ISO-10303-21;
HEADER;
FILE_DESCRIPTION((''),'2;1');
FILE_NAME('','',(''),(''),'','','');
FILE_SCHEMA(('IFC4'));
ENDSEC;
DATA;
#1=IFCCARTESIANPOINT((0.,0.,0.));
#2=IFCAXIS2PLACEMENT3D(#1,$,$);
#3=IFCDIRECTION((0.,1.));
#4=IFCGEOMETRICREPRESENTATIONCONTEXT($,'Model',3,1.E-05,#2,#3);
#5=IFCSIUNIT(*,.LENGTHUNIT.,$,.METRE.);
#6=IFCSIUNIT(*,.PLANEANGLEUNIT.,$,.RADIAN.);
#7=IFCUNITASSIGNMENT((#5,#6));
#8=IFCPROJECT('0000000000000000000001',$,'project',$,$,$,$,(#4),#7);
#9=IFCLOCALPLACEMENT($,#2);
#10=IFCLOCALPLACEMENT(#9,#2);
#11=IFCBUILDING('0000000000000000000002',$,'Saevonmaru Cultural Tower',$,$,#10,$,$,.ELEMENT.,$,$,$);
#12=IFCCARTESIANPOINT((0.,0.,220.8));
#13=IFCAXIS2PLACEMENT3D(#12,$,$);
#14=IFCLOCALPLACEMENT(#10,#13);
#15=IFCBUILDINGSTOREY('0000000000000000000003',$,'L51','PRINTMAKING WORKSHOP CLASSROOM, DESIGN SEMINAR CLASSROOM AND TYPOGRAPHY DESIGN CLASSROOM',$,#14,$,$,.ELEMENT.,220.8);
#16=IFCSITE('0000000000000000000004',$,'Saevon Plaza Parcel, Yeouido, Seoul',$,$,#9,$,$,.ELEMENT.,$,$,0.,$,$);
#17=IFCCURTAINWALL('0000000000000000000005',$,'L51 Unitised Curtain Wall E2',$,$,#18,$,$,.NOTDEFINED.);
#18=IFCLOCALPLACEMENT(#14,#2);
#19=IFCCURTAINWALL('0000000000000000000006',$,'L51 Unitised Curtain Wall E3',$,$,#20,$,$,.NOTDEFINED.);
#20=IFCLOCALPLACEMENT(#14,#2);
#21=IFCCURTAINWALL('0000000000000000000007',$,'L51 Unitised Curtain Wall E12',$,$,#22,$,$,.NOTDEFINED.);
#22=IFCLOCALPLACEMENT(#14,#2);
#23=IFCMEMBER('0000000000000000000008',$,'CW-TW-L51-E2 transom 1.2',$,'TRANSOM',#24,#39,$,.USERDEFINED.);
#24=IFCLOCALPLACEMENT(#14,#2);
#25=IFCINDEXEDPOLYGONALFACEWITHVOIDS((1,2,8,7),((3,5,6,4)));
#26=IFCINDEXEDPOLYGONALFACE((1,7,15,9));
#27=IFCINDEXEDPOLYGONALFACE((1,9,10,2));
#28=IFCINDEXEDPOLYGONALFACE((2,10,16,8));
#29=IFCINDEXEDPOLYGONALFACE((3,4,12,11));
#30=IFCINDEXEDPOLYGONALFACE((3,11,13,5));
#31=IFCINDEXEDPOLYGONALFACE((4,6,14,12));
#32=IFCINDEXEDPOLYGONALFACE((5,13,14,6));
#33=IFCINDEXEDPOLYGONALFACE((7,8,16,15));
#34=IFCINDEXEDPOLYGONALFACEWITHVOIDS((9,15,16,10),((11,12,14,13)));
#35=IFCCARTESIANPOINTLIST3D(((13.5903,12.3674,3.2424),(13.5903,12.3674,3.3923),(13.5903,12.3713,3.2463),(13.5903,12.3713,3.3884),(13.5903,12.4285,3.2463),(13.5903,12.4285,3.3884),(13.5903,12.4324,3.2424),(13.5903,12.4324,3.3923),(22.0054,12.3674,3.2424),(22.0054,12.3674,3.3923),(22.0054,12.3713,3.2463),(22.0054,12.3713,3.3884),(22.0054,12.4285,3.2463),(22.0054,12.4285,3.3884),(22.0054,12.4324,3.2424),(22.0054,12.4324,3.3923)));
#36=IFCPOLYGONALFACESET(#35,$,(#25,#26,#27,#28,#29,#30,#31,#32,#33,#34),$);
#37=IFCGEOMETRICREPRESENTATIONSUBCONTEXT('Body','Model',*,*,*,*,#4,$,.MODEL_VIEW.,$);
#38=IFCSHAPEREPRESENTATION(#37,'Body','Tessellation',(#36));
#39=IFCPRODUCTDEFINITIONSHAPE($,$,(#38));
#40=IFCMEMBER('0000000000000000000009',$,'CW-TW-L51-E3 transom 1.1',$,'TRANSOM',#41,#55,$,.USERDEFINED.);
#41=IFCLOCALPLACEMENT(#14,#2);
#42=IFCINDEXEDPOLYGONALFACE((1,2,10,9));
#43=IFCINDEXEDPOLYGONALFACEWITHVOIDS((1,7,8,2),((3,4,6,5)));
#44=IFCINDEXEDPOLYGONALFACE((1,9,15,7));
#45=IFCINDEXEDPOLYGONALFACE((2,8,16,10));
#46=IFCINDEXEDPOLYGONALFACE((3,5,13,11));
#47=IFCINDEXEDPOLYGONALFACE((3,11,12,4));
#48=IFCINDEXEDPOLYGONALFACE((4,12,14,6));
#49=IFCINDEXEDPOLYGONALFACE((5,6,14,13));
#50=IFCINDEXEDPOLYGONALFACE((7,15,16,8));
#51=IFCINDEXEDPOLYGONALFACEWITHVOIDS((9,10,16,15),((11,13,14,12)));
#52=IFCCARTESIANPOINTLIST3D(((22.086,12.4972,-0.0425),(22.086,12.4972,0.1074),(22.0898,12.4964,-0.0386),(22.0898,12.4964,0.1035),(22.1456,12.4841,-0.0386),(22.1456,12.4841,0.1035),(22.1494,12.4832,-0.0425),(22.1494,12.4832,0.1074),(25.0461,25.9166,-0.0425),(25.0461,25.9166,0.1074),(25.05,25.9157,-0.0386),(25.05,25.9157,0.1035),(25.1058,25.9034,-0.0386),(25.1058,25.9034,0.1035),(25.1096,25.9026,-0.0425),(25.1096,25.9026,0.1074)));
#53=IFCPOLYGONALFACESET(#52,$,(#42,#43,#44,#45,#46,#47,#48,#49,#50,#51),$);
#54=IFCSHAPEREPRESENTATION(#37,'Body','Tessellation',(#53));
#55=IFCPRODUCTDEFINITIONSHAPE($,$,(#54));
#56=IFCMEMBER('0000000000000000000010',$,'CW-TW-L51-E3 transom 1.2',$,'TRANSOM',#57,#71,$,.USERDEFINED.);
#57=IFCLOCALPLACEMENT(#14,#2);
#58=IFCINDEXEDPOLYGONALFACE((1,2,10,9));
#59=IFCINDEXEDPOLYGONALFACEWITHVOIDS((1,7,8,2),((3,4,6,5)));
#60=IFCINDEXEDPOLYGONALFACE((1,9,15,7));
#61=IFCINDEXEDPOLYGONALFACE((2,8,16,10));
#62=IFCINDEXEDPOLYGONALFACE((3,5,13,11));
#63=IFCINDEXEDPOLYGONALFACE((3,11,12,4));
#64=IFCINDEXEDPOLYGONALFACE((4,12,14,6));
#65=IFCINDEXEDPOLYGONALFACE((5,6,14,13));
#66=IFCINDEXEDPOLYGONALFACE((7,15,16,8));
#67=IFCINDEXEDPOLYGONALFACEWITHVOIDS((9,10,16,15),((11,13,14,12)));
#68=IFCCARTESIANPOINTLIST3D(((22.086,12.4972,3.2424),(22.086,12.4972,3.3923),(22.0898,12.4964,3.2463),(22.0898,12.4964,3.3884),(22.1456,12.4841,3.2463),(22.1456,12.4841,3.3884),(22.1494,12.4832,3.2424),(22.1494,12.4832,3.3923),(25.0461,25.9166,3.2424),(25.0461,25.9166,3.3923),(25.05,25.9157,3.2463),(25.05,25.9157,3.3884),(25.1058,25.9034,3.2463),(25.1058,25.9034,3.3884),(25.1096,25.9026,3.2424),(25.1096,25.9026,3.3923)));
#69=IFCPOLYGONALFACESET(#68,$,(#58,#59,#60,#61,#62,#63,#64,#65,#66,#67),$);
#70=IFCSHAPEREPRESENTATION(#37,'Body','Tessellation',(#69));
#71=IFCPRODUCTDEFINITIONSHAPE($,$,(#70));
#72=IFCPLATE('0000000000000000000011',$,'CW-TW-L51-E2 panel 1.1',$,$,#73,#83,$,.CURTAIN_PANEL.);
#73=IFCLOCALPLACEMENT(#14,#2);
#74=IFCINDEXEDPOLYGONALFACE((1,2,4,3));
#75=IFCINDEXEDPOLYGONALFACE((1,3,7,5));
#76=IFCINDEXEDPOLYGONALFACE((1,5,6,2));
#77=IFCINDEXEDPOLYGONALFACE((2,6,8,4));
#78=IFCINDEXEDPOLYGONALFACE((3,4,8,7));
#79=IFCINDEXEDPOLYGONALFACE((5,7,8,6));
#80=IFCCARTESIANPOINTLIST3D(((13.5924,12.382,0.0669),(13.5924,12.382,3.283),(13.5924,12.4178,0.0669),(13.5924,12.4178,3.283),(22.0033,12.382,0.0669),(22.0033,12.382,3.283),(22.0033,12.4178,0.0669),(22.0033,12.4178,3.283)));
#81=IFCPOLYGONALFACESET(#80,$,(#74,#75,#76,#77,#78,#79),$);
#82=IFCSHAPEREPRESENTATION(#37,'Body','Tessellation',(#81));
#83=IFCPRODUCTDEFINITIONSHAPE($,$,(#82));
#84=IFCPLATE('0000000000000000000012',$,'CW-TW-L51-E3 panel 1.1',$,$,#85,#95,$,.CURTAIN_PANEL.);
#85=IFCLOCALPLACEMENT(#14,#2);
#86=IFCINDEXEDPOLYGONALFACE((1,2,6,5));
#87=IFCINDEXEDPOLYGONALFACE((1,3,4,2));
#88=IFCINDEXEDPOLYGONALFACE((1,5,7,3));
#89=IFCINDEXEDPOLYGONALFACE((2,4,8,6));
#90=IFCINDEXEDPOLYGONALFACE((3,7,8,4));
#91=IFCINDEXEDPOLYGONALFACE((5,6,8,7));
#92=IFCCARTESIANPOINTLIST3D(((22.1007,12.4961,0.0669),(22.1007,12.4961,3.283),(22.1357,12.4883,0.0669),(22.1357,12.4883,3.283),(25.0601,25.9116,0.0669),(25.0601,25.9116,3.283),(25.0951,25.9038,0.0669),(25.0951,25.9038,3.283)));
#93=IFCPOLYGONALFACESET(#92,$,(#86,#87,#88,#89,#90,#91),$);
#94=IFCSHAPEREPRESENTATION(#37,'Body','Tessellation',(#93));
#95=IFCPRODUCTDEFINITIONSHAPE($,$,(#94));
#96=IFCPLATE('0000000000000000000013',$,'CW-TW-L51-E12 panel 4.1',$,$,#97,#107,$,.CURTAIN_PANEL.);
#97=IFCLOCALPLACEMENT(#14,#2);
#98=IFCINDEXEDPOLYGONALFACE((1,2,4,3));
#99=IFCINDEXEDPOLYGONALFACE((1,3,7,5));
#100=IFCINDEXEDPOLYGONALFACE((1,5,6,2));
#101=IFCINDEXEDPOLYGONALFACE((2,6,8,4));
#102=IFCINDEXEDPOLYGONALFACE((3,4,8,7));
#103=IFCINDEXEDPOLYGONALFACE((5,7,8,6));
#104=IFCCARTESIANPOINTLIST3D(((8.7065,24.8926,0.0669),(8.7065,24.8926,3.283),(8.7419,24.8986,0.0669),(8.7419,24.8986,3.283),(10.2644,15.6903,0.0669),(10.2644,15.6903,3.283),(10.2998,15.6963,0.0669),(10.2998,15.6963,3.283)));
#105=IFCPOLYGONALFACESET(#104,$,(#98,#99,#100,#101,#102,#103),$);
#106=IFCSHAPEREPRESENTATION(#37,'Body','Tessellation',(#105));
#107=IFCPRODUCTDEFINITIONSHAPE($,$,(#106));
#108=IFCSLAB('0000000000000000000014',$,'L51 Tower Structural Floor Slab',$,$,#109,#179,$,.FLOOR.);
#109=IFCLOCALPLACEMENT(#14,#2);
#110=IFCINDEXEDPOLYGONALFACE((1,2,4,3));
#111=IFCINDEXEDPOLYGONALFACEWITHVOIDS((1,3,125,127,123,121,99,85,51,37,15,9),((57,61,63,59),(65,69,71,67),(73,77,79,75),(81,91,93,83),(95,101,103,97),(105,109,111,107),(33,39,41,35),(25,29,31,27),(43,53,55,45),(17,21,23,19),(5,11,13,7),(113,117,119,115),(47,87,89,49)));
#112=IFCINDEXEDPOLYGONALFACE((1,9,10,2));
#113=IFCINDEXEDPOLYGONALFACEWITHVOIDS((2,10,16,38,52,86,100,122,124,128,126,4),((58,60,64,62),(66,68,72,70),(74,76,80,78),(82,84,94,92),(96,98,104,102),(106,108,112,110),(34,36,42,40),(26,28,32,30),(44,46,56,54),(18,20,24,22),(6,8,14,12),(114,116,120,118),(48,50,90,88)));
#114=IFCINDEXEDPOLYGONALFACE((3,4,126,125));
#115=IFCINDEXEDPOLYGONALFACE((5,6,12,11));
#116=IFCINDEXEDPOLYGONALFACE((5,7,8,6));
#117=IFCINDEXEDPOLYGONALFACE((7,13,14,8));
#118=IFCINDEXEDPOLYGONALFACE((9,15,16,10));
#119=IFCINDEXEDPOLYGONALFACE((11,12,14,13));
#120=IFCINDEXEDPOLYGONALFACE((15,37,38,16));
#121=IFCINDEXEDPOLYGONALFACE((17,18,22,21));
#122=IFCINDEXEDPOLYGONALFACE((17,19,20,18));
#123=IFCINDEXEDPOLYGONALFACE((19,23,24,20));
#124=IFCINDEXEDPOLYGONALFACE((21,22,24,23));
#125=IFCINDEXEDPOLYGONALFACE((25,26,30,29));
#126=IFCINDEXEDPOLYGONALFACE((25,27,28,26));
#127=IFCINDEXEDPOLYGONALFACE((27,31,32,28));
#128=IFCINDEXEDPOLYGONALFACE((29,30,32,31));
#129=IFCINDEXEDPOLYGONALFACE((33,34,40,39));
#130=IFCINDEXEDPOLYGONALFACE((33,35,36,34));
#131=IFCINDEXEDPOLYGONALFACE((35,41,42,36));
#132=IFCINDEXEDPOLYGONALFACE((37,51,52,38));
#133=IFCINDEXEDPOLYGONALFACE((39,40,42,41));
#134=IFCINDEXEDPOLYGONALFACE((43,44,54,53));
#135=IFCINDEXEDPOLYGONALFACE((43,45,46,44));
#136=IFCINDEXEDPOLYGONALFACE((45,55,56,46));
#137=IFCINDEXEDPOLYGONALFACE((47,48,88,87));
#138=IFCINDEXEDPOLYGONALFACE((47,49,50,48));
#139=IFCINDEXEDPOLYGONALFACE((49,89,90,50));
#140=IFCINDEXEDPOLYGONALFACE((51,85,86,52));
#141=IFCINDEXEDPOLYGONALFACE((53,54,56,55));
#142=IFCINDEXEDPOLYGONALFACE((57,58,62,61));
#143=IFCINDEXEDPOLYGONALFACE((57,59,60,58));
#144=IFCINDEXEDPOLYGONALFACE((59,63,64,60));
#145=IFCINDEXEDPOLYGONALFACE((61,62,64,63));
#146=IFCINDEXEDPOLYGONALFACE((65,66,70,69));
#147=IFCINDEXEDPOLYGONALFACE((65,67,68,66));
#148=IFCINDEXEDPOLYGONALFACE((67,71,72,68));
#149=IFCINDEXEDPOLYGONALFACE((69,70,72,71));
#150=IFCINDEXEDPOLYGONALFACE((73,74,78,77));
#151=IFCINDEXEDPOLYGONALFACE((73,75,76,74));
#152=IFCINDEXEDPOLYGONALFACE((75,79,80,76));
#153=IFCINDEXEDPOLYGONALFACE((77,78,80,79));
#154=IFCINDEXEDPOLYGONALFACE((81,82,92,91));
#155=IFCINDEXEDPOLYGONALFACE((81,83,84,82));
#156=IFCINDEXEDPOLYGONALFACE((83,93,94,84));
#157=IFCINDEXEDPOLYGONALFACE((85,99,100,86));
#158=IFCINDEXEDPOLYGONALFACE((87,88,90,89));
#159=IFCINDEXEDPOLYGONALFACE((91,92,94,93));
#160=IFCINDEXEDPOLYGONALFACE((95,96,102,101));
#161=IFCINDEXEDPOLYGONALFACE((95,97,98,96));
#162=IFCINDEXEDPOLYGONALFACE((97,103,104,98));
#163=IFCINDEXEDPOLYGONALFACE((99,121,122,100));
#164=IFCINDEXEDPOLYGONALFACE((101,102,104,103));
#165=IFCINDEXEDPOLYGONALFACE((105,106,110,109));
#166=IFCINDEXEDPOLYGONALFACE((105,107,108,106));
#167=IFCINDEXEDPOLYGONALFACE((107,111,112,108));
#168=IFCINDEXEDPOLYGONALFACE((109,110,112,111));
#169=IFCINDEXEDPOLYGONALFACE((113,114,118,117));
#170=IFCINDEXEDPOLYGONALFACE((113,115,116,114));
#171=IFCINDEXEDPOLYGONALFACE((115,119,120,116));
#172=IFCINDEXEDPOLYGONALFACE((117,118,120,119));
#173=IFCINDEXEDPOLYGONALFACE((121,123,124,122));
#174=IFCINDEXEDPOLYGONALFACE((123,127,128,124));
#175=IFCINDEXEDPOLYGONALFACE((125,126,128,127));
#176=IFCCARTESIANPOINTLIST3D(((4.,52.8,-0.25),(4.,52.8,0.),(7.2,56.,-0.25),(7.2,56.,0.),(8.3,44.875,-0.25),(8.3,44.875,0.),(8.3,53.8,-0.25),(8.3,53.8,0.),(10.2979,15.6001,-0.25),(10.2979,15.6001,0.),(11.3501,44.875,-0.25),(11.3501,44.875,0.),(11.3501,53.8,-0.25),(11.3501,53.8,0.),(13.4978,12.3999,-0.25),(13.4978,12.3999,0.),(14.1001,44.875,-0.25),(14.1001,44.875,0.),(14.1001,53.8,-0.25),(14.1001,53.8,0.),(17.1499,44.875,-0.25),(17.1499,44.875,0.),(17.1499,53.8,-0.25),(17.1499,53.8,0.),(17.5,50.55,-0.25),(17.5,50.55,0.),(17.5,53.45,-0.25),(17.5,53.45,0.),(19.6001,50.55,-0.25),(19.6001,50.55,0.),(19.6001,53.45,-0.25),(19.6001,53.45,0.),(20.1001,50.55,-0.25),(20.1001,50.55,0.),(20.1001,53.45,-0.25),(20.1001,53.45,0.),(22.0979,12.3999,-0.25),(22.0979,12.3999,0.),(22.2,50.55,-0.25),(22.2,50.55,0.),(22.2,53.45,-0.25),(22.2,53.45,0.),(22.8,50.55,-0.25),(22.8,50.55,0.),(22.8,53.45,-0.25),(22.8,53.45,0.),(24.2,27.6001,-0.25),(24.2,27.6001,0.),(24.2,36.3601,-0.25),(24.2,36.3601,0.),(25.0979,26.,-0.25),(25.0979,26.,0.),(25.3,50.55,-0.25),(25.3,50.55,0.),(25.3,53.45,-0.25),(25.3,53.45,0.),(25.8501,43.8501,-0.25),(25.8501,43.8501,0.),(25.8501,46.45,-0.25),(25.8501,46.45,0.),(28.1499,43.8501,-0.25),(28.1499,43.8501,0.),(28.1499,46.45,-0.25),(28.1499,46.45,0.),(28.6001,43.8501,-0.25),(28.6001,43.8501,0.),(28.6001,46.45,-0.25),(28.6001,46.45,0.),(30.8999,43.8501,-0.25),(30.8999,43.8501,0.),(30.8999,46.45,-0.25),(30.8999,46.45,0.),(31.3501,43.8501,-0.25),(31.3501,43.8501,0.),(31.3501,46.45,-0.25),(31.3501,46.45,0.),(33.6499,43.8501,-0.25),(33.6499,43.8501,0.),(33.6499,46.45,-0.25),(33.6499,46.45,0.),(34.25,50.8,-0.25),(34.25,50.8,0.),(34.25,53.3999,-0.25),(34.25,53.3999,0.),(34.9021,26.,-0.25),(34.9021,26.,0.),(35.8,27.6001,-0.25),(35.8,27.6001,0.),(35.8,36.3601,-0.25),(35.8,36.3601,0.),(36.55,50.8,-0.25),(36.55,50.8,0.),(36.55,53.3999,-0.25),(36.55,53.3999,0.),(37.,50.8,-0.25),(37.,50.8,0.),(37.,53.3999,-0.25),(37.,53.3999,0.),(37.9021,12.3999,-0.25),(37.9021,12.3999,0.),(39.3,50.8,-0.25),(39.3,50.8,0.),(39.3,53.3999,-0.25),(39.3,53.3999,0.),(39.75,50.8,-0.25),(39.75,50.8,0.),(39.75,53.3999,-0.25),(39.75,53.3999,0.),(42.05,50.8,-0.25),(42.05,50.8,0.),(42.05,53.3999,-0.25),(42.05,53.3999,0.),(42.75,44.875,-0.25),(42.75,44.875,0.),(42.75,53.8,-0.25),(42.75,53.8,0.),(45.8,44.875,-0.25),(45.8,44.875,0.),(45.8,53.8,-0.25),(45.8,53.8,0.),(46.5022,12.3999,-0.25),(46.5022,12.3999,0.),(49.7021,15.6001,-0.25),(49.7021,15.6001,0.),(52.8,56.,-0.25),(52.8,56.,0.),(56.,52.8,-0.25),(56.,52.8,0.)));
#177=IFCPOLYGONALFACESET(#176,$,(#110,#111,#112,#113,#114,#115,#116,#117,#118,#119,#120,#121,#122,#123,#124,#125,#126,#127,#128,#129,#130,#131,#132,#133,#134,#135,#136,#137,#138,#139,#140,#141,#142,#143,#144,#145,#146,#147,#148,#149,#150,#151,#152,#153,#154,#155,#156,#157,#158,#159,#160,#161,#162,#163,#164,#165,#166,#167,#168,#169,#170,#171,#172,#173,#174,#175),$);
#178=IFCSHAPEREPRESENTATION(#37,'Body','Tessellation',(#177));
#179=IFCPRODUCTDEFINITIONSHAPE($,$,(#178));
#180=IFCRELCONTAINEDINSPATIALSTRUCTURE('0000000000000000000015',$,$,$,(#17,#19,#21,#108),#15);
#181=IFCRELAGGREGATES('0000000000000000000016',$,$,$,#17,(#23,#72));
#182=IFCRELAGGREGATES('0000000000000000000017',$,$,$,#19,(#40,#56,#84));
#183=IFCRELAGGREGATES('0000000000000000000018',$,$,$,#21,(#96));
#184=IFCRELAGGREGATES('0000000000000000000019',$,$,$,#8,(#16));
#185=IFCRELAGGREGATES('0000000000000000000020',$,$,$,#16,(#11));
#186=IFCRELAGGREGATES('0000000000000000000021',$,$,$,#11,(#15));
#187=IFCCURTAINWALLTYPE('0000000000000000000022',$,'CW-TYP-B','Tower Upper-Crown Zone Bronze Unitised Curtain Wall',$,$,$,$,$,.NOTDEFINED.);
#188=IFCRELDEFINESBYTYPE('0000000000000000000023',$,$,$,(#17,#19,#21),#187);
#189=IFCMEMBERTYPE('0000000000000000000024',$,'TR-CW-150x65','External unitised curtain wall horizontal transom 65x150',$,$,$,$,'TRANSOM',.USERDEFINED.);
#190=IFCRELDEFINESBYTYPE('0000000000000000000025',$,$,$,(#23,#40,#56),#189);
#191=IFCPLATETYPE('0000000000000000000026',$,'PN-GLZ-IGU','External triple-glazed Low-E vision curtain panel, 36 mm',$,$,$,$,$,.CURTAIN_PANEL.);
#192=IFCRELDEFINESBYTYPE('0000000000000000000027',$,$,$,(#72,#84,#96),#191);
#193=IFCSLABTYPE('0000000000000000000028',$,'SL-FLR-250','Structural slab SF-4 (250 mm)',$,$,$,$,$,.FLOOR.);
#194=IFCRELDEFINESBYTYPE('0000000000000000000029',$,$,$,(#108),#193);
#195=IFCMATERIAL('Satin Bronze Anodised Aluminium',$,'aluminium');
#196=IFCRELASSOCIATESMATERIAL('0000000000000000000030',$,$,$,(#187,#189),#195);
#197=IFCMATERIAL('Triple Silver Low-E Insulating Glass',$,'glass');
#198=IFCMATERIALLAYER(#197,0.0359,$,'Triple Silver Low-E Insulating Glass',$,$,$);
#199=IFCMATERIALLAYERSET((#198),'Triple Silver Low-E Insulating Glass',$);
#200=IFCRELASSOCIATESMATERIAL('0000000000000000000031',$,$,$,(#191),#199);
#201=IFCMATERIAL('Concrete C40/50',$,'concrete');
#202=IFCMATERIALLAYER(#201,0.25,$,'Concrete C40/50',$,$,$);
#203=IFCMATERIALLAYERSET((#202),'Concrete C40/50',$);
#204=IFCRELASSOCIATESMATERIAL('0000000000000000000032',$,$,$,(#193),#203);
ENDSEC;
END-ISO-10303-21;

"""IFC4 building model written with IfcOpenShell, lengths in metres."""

from ifc_helpers import new_model, si_unit, direction, frame, origin, origin_2d, place, context, subcontext, project, spatial, polyline, rectangle, hollow_rectangle, outline, extrude, material, layer, layer_set, material_profile, profile_set, type_object, element, aggregate, save


model = new_model("IFC4")

# Units and contexts
model_context = context("Model", 3, precision=1e-05, world=origin(), true_north=direction((0.0, 1.0)))
body_context = subcontext(model_context, "Body", "Model", "MODEL_VIEW")
ifc_project = project(units=[si_unit("LENGTHUNIT", "METRE"), si_unit("PLANEANGLEUNIT", "RADIAN")], contexts=[model_context])

# Site, building, storey
site_placement = place(None, origin())
site = spatial("IfcSite", under=ifc_project, at=site_placement, Name="Saevon Plaza Parcel, Yeouido, Seoul", CompositionType="ELEMENT", RefElevation=0.0)
building_placement = place(site_placement, origin())
building = spatial("IfcBuilding", under=site, at=building_placement, Name="Saevonmaru Cultural Tower", CompositionType="ELEMENT")
storey_placement = place(building_placement, frame((0.0, 0.0, 220.8)))
storey = spatial("IfcBuildingStorey", under=building, at=storey_placement, Name="L51", Description="PRINTMAKING WORKSHOP CLASSROOM, DESIGN SEMINAR CLASSROOM AND TYPOGRAPHY DESIGN CLASSROOM", CompositionType="ELEMENT", Elevation=220.8)

# Curtain wall
ifc_material_1 = material(Name="Satin Bronze Anodised Aluminium", Category="aluminium")
curtain_wall_type = type_object("IfcCurtainWallType", Name="CW-TYP-B", Description="Tower Upper-Crown Zone Bronze Unitised Curtain Wall", PredefinedType="NOTDEFINED", material=ifc_material_1)
curtain_wall_1_placement = place(storey_placement, origin())
curtain_wall_1 = element("IfcCurtainWall", 1, at=curtain_wall_1_placement, inside=storey, type_object=curtain_wall_type, Name="L51 Unitised Curtain Wall E2", PredefinedType="NOTDEFINED")

# Curtain walls
curtain_wall_2_placement = place(storey_placement, origin())
curtain_wall_2 = element("IfcCurtainWall", 2, at=curtain_wall_2_placement, inside=storey, type_object=curtain_wall_type, Name="L51 Unitised Curtain Wall E3", PredefinedType="NOTDEFINED")
curtain_wall_3_placement = place(storey_placement, origin())
curtain_wall_3 = element("IfcCurtainWall", 3, at=curtain_wall_3_placement, inside=storey, type_object=curtain_wall_type, Name="L51 Unitised Curtain Wall E12", PredefinedType="NOTDEFINED")

# Members
ifc_material_profile_1 = material_profile(ifc_material_1, hollow_rectangle(XDim=0.0649, YDim=0.1499, WallThickness=0.0039, at=origin_2d()), Name="ALU-TRAN-150x65x4")
ifc_profile_set_1 = profile_set([ifc_material_profile_1], Name="Satin Bronze Anodised Aluminium")
member_type_1 = type_object("IfcMemberType", Name="TR-CW-150x65", Description="External unitised curtain wall horizontal transom 65x150", ElementType="TRANSOM", PredefinedType="USERDEFINED", material=ifc_profile_set_1)
member_1_placement = place(storey_placement, frame((13.5903, 12.3999, 3.3174), z_axis=(1.0, 0.0, 0.0), x_axis=(0.0, 1.0, 0.0)))
member_1 = element("IfcMember", 4, at=member_1_placement, type_object=member_type_1, Name="CW-TW-L51-E2 transom 1.2", ObjectType="TRANSOM", PredefinedType="USERDEFINED", context=body_context, shape_type="SweptSolid", body=[
    extrude(hollow_rectangle(XDim=0.0649, YDim=0.1499, WallThickness=0.0039, at=origin_2d()), origin(), (0.0, 0.0, 1.0), 8.415),
])
member_2_placement = place(storey_placement, frame((22.1177, 12.4902, 0.0325), z_axis=(0.215412, 0.976523, 0.0), x_axis=(-0.976523, 0.215412, 0.0)))
member_2 = element("IfcMember", 5, at=member_2_placement, type_object=member_type_1, Name="CW-TW-L51-E3 transom 1.1", ObjectType="TRANSOM", PredefinedType="USERDEFINED", context=body_context, shape_type="SweptSolid", body=[
    extrude(hollow_rectangle(XDim=0.0649, YDim=0.1499, WallThickness=0.0039, at=origin_2d()), origin(), (0.0, 0.0, 1.0), 13.7419),
])
member_3_placement = place(storey_placement, frame((22.1177, 12.4902, 3.3174), z_axis=(0.215412, 0.976523, 0.0), x_axis=(-0.976523, 0.215412, 0.0)))
member_3 = element("IfcMember", 6, at=member_3_placement, type_object=member_type_1, Name="CW-TW-L51-E3 transom 1.2", ObjectType="TRANSOM", PredefinedType="USERDEFINED", context=body_context, shape_type="SweptSolid", body=[
    extrude(hollow_rectangle(XDim=0.0649, YDim=0.1499, WallThickness=0.0039, at=origin_2d()), origin(), (0.0, 0.0, 1.0), 13.7419),
])

# Plates
ifc_material_2 = material(Name="Triple Silver Low-E Insulating Glass", Category="glass")
ifc_layer_1 = layer(ifc_material_2, 0.0359, Name="Triple Silver Low-E Insulating Glass")
ifc_layer_set_1 = layer_set([ifc_layer_1], Name="Triple Silver Low-E Insulating Glass")
plate_type = type_object("IfcPlateType", Name="PN-GLZ-IGU", Description="External triple-glazed Low-E vision curtain panel, 36 mm", PredefinedType="CURTAIN_PANEL", material=ifc_layer_set_1)
plate_1_placement = place(storey_placement, frame((17.7979, 12.3999, 0.0669), z_axis=(0.0, 0.0, 1.0), x_axis=(1.0, 0.0, 0.0)))
plate_1 = element("IfcPlate", 7, at=plate_1_placement, type_object=plate_type, Name="CW-TW-L51-E2 panel 1.1", PredefinedType="CURTAIN_PANEL", context=body_context, shape_type="SweptSolid", body=[
    extrude(rectangle(XDim=8.4109, YDim=0.0359, at=origin_2d()), origin(), (0.0, 0.0, 1.0), 3.2161),
])
aggregate(curtain_wall_1, [member_1, plate_1])
plate_2_placement = place(storey_placement, frame((23.5979, 19.2, 0.0669), z_axis=(0.0, 0.0, 1.0), x_axis=(0.215413, 0.976523, 0.0)))
plate_2 = element("IfcPlate", 8, at=plate_2_placement, type_object=plate_type, Name="CW-TW-L51-E3 panel 1.1", PredefinedType="CURTAIN_PANEL", context=body_context, shape_type="SweptSolid", body=[
    extrude(rectangle(XDim=13.738, YDim=0.0359, at=origin_2d()), origin(), (0.0, 0.0, 1.0), 3.2161),
])
aggregate(curtain_wall_2, [member_2, member_3, plate_2])
plate_3_placement = place(storey_placement, frame((9.5032, 20.2944, 0.0669), z_axis=(0.0, 0.0, 1.0), x_axis=(0.166922, -0.98597, 0.0)))
plate_3 = element("IfcPlate", 9, at=plate_3_placement, type_object=plate_type, Name="CW-TW-L51-E12 panel 4.1", PredefinedType="CURTAIN_PANEL", context=body_context, shape_type="SweptSolid", body=[
    extrude(rectangle(XDim=9.3333, YDim=0.0359, at=origin_2d()), origin(), (0.0, 0.0, 1.0), 3.2161),
])
aggregate(curtain_wall_3, [plate_3])

# Slab
ifc_material_3 = material(Name="Concrete C40/50", Category="concrete")
ifc_layer_2 = layer(ifc_material_3, 0.25, Name="Concrete C40/50")
ifc_layer_set_2 = layer_set([ifc_layer_2], Name="Concrete C40/50")
slab_type_1 = type_object("IfcSlabType", Name="SL-FLR-250", Description="Structural slab SF-4 (250 mm)", PredefinedType="FLOOR", material=ifc_layer_set_2)
slab_1_placement = place(storey_placement, frame((0.0, 0.0, -0.25)))
element("IfcSlab", 10, at=slab_1_placement, inside=storey, type_object=slab_type_1, Name="L51 Tower Structural Floor Slab", PredefinedType="FLOOR", context=body_context, shape_type="SweptSolid", body=[
    extrude(outline(polyline([(10.2979, 15.6001), (13.4978, 12.3999), (22.0979, 12.3999), (25.0979, 26.0), (34.9021, 26.0), (37.9021, 12.3999), (46.5022, 12.3999), (49.7021, 15.6001), (56.0, 52.8), (52.8, 56.0), (7.2, 56.0), (4.0, 52.8), (10.2979, 15.6001)]), holes=[polyline([(45.8, 44.875), (42.75, 44.875), (42.75, 53.8), (45.8, 53.8), (45.8, 44.875)]), polyline([(39.75, 50.8), (39.75, 53.3999), (42.05, 53.3999), (42.05, 50.8), (39.75, 50.8)]), polyline([(37.0, 50.8), (37.0, 53.3999), (39.3, 53.3999), (39.3, 50.8), (37.0, 50.8)]), polyline([(34.25, 50.8), (34.25, 53.3999), (36.55, 53.3999), (36.55, 50.8), (34.25, 50.8)]), polyline([(24.2, 27.6001), (24.2, 36.3601), (35.8, 36.3601), (35.8, 27.6001), (24.2, 27.6001)]), polyline([(31.3501, 43.8501), (31.3501, 46.45), (33.6499, 46.45), (33.6499, 43.8501), (31.3501, 43.8501)]), polyline([(28.6001, 43.8501), (28.6001, 46.45), (30.8999, 46.45), (30.8999, 43.8501), (28.6001, 43.8501)]), polyline([(28.1499, 43.8501), (25.8501, 43.8501), (25.8501, 46.45), (28.1499, 46.45), (28.1499, 43.8501)]), polyline([(25.3, 50.55), (22.8, 50.55), (22.8, 53.45), (25.3, 53.45), (25.3, 50.55)]), polyline([(20.1001, 50.55), (20.1001, 53.45), (22.2, 53.45), (22.2, 50.55), (20.1001, 50.55)]), polyline([(17.5, 50.55), (17.5, 53.45), (19.6001, 53.45), (19.6001, 50.55), (17.5, 50.55)]), polyline([(17.1499, 53.8), (17.1499, 44.875), (14.1001, 44.875), (14.1001, 53.8), (17.1499, 53.8)]), polyline([(11.3501, 44.875), (8.3, 44.875), (8.3, 53.8), (11.3501, 53.8), (11.3501, 44.875)])]), origin(), (0.0, 0.0, 1.0), 0.25),
])

save(model, "model.ifc")
